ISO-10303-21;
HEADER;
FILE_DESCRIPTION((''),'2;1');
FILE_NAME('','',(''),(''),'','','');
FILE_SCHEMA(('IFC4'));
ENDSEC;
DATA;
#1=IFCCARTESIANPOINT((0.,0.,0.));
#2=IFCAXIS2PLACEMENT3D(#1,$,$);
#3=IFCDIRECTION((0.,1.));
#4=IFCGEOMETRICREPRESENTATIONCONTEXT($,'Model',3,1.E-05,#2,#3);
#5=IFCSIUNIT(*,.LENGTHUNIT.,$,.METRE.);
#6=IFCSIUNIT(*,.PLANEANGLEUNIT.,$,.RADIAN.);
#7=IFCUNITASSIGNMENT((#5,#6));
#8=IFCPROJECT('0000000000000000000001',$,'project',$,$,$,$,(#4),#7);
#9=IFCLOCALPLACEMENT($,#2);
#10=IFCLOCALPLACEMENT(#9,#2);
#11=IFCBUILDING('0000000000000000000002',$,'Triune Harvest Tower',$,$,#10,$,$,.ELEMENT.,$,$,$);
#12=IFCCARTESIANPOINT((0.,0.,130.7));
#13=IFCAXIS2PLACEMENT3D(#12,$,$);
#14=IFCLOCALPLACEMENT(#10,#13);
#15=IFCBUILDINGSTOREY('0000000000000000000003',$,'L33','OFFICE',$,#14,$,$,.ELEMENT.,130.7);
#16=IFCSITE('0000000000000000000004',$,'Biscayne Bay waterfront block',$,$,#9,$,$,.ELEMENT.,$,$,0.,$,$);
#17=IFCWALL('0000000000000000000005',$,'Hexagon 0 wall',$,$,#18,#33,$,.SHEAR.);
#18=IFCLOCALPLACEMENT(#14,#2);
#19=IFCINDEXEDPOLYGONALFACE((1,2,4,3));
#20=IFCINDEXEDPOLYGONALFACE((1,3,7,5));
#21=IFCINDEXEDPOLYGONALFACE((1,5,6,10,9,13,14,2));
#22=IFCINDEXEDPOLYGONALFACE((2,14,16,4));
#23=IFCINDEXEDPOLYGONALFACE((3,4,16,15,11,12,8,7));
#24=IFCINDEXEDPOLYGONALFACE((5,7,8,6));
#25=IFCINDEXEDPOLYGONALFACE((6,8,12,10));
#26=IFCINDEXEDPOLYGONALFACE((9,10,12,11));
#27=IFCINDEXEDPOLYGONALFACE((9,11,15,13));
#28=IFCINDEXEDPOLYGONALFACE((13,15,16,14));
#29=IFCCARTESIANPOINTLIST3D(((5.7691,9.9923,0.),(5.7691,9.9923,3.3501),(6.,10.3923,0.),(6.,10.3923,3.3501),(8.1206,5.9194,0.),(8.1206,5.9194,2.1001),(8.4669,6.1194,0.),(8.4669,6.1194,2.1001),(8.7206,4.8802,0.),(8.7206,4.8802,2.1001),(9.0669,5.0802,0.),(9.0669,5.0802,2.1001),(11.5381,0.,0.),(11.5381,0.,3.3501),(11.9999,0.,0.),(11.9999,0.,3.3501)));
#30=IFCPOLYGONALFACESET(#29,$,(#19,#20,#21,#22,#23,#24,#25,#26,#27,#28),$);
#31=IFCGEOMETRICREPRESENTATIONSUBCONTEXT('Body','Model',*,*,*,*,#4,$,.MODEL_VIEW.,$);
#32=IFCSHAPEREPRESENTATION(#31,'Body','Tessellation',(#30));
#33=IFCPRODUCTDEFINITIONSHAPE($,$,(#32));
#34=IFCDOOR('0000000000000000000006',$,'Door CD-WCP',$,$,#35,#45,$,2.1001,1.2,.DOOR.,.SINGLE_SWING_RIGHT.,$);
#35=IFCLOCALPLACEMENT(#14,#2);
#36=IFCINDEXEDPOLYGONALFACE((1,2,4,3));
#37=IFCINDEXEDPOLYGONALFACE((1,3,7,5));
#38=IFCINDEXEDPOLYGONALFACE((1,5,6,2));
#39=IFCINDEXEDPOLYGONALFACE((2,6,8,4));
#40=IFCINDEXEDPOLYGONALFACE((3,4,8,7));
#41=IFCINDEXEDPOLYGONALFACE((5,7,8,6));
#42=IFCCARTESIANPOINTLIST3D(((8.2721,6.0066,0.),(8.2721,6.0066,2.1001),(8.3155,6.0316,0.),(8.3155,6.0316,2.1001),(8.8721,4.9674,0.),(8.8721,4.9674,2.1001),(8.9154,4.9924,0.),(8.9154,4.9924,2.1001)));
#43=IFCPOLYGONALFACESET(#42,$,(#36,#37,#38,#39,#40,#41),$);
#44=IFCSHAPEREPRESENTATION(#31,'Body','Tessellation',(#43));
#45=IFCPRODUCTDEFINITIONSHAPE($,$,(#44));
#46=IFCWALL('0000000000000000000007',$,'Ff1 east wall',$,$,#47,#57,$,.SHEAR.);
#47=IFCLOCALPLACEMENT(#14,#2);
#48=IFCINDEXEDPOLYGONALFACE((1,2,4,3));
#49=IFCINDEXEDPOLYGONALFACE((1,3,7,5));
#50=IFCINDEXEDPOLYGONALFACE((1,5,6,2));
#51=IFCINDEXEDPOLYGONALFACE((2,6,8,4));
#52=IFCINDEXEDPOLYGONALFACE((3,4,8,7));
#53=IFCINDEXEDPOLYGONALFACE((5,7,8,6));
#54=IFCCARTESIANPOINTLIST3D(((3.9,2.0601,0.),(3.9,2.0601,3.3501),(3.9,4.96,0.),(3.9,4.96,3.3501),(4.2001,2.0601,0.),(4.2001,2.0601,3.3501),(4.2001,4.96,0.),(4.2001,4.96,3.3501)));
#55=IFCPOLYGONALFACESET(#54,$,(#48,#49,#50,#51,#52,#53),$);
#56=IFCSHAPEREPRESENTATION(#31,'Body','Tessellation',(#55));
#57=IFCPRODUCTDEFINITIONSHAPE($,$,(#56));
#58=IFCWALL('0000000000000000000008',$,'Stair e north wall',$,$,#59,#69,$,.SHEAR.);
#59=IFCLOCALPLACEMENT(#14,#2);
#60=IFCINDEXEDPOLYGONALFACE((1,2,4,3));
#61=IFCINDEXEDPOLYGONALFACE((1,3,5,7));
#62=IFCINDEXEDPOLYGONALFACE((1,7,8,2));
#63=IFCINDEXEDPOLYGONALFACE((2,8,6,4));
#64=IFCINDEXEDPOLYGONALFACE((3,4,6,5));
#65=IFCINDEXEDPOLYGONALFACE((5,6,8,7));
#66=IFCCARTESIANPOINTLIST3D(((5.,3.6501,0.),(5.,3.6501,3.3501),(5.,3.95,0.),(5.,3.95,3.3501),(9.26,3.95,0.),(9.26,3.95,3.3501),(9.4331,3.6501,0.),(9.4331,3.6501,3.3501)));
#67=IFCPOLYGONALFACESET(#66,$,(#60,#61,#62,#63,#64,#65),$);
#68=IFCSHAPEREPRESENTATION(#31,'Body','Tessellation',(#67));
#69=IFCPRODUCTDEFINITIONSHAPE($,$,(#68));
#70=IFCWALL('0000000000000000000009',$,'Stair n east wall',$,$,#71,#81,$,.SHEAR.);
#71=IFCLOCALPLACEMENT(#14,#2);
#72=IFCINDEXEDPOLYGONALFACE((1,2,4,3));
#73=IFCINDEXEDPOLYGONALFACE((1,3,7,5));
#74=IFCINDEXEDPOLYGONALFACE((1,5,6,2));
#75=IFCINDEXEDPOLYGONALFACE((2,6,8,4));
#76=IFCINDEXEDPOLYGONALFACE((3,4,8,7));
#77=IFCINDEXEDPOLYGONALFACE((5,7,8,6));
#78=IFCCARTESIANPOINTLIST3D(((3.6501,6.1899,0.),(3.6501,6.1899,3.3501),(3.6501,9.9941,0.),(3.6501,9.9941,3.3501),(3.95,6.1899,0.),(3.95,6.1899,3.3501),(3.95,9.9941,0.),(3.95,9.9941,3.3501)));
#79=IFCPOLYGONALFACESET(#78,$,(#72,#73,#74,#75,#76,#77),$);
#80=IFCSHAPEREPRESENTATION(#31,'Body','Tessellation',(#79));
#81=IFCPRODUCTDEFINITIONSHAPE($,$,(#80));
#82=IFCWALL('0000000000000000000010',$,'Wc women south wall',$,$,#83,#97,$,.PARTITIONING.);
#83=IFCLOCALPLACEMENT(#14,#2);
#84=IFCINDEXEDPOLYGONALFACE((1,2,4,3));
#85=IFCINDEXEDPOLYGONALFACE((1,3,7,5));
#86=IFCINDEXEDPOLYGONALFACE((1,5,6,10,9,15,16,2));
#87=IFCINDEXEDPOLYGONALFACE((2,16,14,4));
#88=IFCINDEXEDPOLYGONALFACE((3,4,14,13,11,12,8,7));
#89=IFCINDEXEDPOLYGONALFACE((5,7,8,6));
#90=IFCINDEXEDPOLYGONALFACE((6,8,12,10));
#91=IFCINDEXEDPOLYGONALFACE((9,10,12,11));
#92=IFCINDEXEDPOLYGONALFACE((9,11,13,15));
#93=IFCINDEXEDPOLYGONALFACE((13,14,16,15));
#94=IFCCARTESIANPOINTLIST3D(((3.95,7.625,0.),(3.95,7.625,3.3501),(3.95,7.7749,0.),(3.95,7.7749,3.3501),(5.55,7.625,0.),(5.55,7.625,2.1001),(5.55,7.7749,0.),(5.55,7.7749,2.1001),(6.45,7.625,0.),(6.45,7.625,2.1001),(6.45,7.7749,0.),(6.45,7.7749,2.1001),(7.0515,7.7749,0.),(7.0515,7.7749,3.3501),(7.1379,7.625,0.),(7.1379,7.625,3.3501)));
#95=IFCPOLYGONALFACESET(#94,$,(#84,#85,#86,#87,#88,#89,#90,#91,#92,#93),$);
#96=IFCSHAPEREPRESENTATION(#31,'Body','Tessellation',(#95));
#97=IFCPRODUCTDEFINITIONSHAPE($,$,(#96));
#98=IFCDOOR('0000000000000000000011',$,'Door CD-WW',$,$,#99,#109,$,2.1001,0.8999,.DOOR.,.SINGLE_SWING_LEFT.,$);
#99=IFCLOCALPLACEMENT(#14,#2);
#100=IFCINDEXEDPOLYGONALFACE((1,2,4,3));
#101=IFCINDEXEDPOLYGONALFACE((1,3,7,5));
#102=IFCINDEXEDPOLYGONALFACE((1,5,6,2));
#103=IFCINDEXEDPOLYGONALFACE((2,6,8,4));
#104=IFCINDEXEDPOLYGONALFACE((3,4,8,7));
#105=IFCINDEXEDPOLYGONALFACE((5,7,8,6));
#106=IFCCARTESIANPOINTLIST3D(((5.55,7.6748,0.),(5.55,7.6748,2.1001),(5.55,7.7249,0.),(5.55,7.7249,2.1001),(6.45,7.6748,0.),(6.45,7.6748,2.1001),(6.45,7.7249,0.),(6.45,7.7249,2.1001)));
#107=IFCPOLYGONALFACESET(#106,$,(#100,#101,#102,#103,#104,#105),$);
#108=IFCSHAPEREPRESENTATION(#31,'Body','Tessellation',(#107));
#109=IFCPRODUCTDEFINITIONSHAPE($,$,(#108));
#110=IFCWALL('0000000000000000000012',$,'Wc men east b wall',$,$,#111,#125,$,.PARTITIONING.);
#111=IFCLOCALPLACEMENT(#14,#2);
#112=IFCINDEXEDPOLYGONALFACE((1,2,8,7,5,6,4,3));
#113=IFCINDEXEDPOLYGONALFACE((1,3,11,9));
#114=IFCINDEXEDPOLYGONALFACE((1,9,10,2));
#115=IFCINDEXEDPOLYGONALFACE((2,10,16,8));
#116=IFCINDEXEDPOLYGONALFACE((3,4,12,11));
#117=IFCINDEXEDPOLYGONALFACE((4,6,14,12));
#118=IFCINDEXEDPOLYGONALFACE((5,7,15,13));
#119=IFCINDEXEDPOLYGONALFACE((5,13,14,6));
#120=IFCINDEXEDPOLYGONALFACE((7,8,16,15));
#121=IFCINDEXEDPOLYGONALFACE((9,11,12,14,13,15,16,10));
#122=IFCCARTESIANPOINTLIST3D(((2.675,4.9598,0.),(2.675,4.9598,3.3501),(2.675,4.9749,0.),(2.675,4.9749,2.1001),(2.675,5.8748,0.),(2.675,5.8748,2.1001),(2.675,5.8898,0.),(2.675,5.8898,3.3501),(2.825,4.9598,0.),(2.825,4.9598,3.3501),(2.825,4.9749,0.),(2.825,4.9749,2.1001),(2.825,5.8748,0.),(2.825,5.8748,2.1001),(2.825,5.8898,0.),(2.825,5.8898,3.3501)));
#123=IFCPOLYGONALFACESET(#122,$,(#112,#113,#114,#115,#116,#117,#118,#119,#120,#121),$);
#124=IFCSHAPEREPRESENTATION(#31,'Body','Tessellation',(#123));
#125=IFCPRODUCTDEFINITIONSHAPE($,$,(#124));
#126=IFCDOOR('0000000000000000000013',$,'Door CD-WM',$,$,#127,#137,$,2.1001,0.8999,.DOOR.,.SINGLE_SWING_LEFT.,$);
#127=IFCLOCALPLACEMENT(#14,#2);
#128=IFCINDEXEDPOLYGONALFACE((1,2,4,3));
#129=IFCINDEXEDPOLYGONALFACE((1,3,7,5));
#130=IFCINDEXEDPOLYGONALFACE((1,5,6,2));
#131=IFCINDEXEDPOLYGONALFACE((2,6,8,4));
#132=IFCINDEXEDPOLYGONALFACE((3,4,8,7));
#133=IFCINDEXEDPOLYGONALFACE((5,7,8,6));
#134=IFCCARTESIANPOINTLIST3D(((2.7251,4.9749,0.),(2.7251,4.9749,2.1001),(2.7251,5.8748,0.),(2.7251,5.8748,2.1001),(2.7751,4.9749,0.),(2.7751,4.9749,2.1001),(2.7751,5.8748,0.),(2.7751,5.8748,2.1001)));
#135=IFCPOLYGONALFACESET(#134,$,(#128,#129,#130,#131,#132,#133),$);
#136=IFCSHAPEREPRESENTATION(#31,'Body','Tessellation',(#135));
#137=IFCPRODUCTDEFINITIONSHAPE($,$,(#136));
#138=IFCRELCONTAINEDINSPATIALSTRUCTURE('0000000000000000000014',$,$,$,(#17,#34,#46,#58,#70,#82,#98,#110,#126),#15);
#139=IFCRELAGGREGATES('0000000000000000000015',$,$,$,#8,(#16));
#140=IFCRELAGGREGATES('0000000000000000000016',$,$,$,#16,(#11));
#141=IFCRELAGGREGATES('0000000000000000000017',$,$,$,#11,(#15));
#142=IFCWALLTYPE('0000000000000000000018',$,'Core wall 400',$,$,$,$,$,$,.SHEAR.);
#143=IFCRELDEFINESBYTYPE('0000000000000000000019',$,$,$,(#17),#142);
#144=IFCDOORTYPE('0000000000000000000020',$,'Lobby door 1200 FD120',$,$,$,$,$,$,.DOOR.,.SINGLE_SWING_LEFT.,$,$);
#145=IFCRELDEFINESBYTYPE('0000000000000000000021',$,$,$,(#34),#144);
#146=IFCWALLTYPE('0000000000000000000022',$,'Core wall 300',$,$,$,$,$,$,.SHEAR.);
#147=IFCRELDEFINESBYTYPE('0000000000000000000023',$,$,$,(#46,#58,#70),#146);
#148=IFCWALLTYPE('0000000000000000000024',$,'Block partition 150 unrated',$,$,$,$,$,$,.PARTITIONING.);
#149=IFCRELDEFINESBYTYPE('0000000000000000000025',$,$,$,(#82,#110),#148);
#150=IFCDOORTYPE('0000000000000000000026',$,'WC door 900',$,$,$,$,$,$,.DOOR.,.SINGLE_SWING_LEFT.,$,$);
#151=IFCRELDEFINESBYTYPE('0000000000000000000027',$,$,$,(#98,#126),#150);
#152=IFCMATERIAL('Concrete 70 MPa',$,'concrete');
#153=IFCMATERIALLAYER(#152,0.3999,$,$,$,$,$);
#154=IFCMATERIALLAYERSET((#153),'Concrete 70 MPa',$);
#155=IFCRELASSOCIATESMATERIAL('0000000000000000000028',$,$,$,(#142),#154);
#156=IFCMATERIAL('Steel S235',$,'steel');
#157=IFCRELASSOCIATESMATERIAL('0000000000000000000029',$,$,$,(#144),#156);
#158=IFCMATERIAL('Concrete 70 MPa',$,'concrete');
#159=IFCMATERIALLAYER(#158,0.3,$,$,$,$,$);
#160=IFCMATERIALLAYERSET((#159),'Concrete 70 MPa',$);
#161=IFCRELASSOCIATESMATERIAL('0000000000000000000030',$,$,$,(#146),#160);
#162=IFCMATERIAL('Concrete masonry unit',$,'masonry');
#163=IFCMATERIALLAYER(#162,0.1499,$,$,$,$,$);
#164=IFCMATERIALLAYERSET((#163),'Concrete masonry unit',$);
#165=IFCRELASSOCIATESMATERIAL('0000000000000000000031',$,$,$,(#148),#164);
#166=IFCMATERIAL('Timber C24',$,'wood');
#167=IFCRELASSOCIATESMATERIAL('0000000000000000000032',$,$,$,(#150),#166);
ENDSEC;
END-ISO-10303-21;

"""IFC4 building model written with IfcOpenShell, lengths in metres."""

from ifc_helpers import new_model, si_unit, direction, frame, frame_2d, origin, place, context, subcontext, project, spatial, polyline, rectangle, outline, extrude, source, transform, mapped, material, layer, layer_set, type_object, element, fill, save


model = new_model("IFC4")

# Units and contexts
model_context = context("Model", 3, precision=1e-05, world=origin(), true_north=direction((0.0, 1.0)))
body_context = subcontext(model_context, "Body", "Model", "MODEL_VIEW")
ifc_project = project(units=[si_unit("LENGTHUNIT", "METRE"), si_unit("PLANEANGLEUNIT", "RADIAN")], contexts=[model_context])

# Site, building, storey
site_placement = place(None, origin())
site = spatial("IfcSite", under=ifc_project, at=site_placement, Name="Biscayne Bay waterfront block", CompositionType="ELEMENT", RefElevation=0.0)
building_placement = place(site_placement, origin())
building = spatial("IfcBuilding", under=site, at=building_placement, Name="Triune Harvest Tower", CompositionType="ELEMENT")
storey_placement = place(building_placement, frame((0.0, 0.0, 130.7)))
storey = spatial("IfcBuildingStorey", under=building, at=storey_placement, Name="L33", Description="OFFICE", CompositionType="ELEMENT", Elevation=130.7)

# Wall, opening, door
ifc_material_1 = material(Name="Concrete 70 MPa", Category="concrete")
ifc_layer_1 = layer(ifc_material_1, 0.3999)
ifc_layer_set_1 = layer_set([ifc_layer_1], Name="Concrete 70 MPa")
wall_type_1 = type_object("IfcWallType", Name="Core wall 400", PredefinedType="SHEAR", material=ifc_layer_set_1)
shared_shape_1 = source(origin(), body_context, "Body", "SweptSolid", [
    extrude(outline(polyline([(-0.1155, -0.2), (11.8845, -0.2), (11.6536, 0.2), (0.1155, 0.2), (-0.1155, -0.2)])), origin(), (0.0, 0.0, 1.0), 3.3501),
])
wall_1_placement = place(storey_placement, frame((11.769, 0.0, 0.0), z_axis=(0.0, 0.0, 1.0), x_axis=(-0.499997, 0.866027, 0.0)))
wall_1 = element("IfcWall", 1, at=wall_1_placement, inside=storey, type_object=wall_type_1, Name="Hexagon 0 wall", PredefinedType="SHEAR", context=body_context, shape_type="MappedRepresentation", body=[
    mapped(shared_shape_1, transform((0.0, 0.0, 0.0), scale=1.0)),
])
opening_1_placement = place(wall_1_placement, frame((5.7505, 0.0, 0.0)))
opening_1 = element("IfcOpeningElement", 2, at=opening_1_placement, cuts=wall_1, PredefinedType="OPENING", context=body_context, shape_type="SweptSolid", body=[
    extrude(rectangle(XDim=1.2, YDim=2.1001, at=frame_2d((0.6001, 1.05))), frame((0.0, 0.21, 0.0), z_axis=(0.0, -1.0, 0.0), x_axis=(1.0, 0.0, 0.0)), (0.0, 0.0, 1.0), 0.4199),
])
ifc_material_2 = material(Name="Steel S235", Category="steel")
door_type_1 = type_object("IfcDoorType", Name="Lobby door 1200 FD120", OperationType="SINGLE_SWING_LEFT", PredefinedType="DOOR", material=ifc_material_2)
door_1_placement = place(opening_1_placement, frame((1.2, 0.0, 0.0), z_axis=(0.0, 0.0, 1.0), x_axis=(-1.0, 0.0, 0.0)))
door_1 = element("IfcDoor", 3, at=door_1_placement, inside=storey, type_object=door_type_1, Name="Door CD-WCP", OperationType="SINGLE_SWING_RIGHT", OverallHeight=2.1001, OverallWidth=1.2, PredefinedType="DOOR", context=body_context, shape_type="SweptSolid", body=[
    extrude(rectangle(XDim=1.2, YDim=2.1001, at=frame_2d((0.6001, 1.05))), frame((0.0, 0.0249, 0.0), z_axis=(0.0, -1.0, 0.0), x_axis=(1.0, 0.0, 0.0)), (0.0, 0.0, 1.0), 0.05),
])
fill(opening_1, door_1)

# Walls
ifc_material_3 = material(Name="Concrete 70 MPa", Category="concrete")
ifc_layer_2 = layer(ifc_material_3, 0.3)
ifc_layer_set_2 = layer_set([ifc_layer_2], Name="Concrete 70 MPa")
wall_type_2 = type_object("IfcWallType", Name="Core wall 300", PredefinedType="SHEAR", material=ifc_layer_set_2)
shared_shape_2 = source(origin(), body_context, "Body", "SweptSolid", [
    extrude(rectangle(XDim=2.8999, YDim=0.3, at=frame_2d((1.45, 0.0))), origin(), (0.0, 0.0, 1.0), 3.3501),
])
wall_2_placement = place(storey_placement, frame((4.05, 2.0601, 0.0), z_axis=(0.0, 0.0, 1.0), x_axis=(0.0, 1.0, 0.0)))
element("IfcWall", 4, at=wall_2_placement, inside=storey, type_object=wall_type_2, Name="Ff1 east wall", PredefinedType="SHEAR", context=body_context, shape_type="MappedRepresentation", body=[
    mapped(shared_shape_2, transform((0.0, 0.0, 0.0), scale=1.0)),
])
shared_shape_3 = source(origin(), body_context, "Body", "SweptSolid", [
    extrude(outline(polyline([(0.0, -0.1499), (0.0, 0.1499), (4.26, 0.1499), (4.4331, -0.1499), (0.0, -0.1499)])), origin(), (0.0, 0.0, 1.0), 3.3501),
])
wall_3_placement = place(storey_placement, frame((5.0, 3.8, 0.0), z_axis=(0.0, 0.0, 1.0), x_axis=(1.0, 0.0, 0.0)))
element("IfcWall", 5, at=wall_3_placement, inside=storey, type_object=wall_type_2, Name="Stair e north wall", PredefinedType="SHEAR", context=body_context, shape_type="MappedRepresentation", body=[
    mapped(shared_shape_3, transform((0.0, 0.0, 0.0), scale=1.0)),
])
shared_shape_4 = source(origin(), body_context, "Body", "SweptSolid", [
    extrude(outline(polyline([(0.0, -0.1499), (0.0, 0.1499), (3.8042, 0.1499), (3.8042, -0.1499), (0.0, -0.1499)])), origin(), (0.0, 0.0, 1.0), 3.3501),
])
wall_4_placement = place(storey_placement, frame((3.8, 6.1899, 0.0), z_axis=(0.0, 0.0, 1.0), x_axis=(0.0, 1.0, 0.0)))
element("IfcWall", 6, at=wall_4_placement, inside=storey, type_object=wall_type_2, Name="Stair n east wall", PredefinedType="SHEAR", context=body_context, shape_type="MappedRepresentation", body=[
    mapped(shared_shape_4, transform((0.0, 0.0, 0.0), scale=1.0)),
])

# Walls, openings, doors
ifc_material_4 = material(Name="Concrete masonry unit", Category="masonry")
ifc_layer_3 = layer(ifc_material_4, 0.1499)
ifc_layer_set_3 = layer_set([ifc_layer_3], Name="Concrete masonry unit")
wall_type_3 = type_object("IfcWallType", Name="Block partition 150 unrated", PredefinedType="PARTITIONING", material=ifc_layer_set_3)
shared_shape_5 = source(origin(), body_context, "Body", "SweptSolid", [
    extrude(outline(polyline([(0.0, -0.075), (0.0, 0.075), (3.1016, 0.075), (3.188, -0.075), (0.0, -0.075)])), origin(), (0.0, 0.0, 1.0), 3.3501),
])
wall_5_placement = place(storey_placement, frame((3.95, 7.7, 0.0), z_axis=(0.0, 0.0, 1.0), x_axis=(1.0, 0.0, 0.0)))
wall_5 = element("IfcWall", 7, at=wall_5_placement, inside=storey, type_object=wall_type_3, Name="Wc women south wall", PredefinedType="PARTITIONING", context=body_context, shape_type="MappedRepresentation", body=[
    mapped(shared_shape_5, transform((0.0, 0.0, 0.0), scale=1.0)),
])
opening_2_placement = place(wall_5_placement, frame((1.6001, 0.0, 0.0)))
opening_2 = element("IfcOpeningElement", 8, at=opening_2_placement, cuts=wall_5, PredefinedType="OPENING", context=body_context, shape_type="SweptSolid", body=[
    extrude(rectangle(XDim=0.8999, YDim=2.1001, at=frame_2d((0.45, 1.05))), frame((0.0, 0.085, 0.0), z_axis=(0.0, -1.0, 0.0), x_axis=(1.0, 0.0, 0.0)), (0.0, 0.0, 1.0), 0.1699),
])
ifc_material_5 = material(Name="Timber C24", Category="wood")
door_type_2 = type_object("IfcDoorType", Name="WC door 900", OperationType="SINGLE_SWING_LEFT", PredefinedType="DOOR", material=ifc_material_5)
door_2_placement = place(opening_2_placement, origin())
door_2 = element("IfcDoor", 9, at=door_2_placement, inside=storey, type_object=door_type_2, Name="Door CD-WW", OperationType="SINGLE_SWING_LEFT", OverallHeight=2.1001, OverallWidth=0.8999, PredefinedType="DOOR", context=body_context, shape_type="SweptSolid", body=[
    extrude(rectangle(XDim=0.8999, YDim=2.1001, at=frame_2d((0.45, 1.05))), frame((0.0, 0.0249, 0.0), z_axis=(0.0, -1.0, 0.0), x_axis=(1.0, 0.0, 0.0)), (0.0, 0.0, 1.0), 0.05),
])
fill(opening_2, door_2)
shared_shape_6 = source(origin(), body_context, "Body", "SweptSolid", [
    extrude(rectangle(XDim=0.9299, YDim=0.1499, at=frame_2d((0.4648, 0.0))), origin(), (0.0, 0.0, 1.0), 3.3501),
])
wall_6_placement = place(storey_placement, frame((2.75, 4.96, 0.0), z_axis=(0.0, 0.0, 1.0), x_axis=(0.0, 1.0, 0.0)))
wall_6 = element("IfcWall", 10, at=wall_6_placement, inside=storey, type_object=wall_type_3, Name="Wc men east b wall", PredefinedType="PARTITIONING", context=body_context, shape_type="MappedRepresentation", body=[
    mapped(shared_shape_6, transform((0.0, 0.0, 0.0), scale=1.0)),
])
opening_3_placement = place(wall_6_placement, frame((0.0149, 0.0, 0.0)))
opening_3 = element("IfcOpeningElement", 11, at=opening_3_placement, cuts=wall_6, PredefinedType="OPENING", context=body_context, shape_type="SweptSolid", body=[
    extrude(rectangle(XDim=0.8999, YDim=2.1001, at=frame_2d((0.45, 1.05))), frame((0.0, 0.085, 0.0), z_axis=(0.0, -1.0, 0.0), x_axis=(1.0, 0.0, 0.0)), (0.0, 0.0, 1.0), 0.1699),
])
door_3_placement = place(opening_3_placement, origin())
door_3 = element("IfcDoor", 12, at=door_3_placement, inside=storey, type_object=door_type_2, Name="Door CD-WM", OperationType="SINGLE_SWING_LEFT", OverallHeight=2.1001, OverallWidth=0.8999, PredefinedType="DOOR", context=body_context, shape_type="SweptSolid", body=[
    extrude(rectangle(XDim=0.8999, YDim=2.1001, at=frame_2d((0.45, 1.05))), frame((0.0, 0.0249, 0.0), z_axis=(0.0, -1.0, 0.0), x_axis=(1.0, 0.0, 0.0)), (0.0, 0.0, 1.0), 0.05),
])
fill(opening_3, door_3)

save(model, "model.ifc")
